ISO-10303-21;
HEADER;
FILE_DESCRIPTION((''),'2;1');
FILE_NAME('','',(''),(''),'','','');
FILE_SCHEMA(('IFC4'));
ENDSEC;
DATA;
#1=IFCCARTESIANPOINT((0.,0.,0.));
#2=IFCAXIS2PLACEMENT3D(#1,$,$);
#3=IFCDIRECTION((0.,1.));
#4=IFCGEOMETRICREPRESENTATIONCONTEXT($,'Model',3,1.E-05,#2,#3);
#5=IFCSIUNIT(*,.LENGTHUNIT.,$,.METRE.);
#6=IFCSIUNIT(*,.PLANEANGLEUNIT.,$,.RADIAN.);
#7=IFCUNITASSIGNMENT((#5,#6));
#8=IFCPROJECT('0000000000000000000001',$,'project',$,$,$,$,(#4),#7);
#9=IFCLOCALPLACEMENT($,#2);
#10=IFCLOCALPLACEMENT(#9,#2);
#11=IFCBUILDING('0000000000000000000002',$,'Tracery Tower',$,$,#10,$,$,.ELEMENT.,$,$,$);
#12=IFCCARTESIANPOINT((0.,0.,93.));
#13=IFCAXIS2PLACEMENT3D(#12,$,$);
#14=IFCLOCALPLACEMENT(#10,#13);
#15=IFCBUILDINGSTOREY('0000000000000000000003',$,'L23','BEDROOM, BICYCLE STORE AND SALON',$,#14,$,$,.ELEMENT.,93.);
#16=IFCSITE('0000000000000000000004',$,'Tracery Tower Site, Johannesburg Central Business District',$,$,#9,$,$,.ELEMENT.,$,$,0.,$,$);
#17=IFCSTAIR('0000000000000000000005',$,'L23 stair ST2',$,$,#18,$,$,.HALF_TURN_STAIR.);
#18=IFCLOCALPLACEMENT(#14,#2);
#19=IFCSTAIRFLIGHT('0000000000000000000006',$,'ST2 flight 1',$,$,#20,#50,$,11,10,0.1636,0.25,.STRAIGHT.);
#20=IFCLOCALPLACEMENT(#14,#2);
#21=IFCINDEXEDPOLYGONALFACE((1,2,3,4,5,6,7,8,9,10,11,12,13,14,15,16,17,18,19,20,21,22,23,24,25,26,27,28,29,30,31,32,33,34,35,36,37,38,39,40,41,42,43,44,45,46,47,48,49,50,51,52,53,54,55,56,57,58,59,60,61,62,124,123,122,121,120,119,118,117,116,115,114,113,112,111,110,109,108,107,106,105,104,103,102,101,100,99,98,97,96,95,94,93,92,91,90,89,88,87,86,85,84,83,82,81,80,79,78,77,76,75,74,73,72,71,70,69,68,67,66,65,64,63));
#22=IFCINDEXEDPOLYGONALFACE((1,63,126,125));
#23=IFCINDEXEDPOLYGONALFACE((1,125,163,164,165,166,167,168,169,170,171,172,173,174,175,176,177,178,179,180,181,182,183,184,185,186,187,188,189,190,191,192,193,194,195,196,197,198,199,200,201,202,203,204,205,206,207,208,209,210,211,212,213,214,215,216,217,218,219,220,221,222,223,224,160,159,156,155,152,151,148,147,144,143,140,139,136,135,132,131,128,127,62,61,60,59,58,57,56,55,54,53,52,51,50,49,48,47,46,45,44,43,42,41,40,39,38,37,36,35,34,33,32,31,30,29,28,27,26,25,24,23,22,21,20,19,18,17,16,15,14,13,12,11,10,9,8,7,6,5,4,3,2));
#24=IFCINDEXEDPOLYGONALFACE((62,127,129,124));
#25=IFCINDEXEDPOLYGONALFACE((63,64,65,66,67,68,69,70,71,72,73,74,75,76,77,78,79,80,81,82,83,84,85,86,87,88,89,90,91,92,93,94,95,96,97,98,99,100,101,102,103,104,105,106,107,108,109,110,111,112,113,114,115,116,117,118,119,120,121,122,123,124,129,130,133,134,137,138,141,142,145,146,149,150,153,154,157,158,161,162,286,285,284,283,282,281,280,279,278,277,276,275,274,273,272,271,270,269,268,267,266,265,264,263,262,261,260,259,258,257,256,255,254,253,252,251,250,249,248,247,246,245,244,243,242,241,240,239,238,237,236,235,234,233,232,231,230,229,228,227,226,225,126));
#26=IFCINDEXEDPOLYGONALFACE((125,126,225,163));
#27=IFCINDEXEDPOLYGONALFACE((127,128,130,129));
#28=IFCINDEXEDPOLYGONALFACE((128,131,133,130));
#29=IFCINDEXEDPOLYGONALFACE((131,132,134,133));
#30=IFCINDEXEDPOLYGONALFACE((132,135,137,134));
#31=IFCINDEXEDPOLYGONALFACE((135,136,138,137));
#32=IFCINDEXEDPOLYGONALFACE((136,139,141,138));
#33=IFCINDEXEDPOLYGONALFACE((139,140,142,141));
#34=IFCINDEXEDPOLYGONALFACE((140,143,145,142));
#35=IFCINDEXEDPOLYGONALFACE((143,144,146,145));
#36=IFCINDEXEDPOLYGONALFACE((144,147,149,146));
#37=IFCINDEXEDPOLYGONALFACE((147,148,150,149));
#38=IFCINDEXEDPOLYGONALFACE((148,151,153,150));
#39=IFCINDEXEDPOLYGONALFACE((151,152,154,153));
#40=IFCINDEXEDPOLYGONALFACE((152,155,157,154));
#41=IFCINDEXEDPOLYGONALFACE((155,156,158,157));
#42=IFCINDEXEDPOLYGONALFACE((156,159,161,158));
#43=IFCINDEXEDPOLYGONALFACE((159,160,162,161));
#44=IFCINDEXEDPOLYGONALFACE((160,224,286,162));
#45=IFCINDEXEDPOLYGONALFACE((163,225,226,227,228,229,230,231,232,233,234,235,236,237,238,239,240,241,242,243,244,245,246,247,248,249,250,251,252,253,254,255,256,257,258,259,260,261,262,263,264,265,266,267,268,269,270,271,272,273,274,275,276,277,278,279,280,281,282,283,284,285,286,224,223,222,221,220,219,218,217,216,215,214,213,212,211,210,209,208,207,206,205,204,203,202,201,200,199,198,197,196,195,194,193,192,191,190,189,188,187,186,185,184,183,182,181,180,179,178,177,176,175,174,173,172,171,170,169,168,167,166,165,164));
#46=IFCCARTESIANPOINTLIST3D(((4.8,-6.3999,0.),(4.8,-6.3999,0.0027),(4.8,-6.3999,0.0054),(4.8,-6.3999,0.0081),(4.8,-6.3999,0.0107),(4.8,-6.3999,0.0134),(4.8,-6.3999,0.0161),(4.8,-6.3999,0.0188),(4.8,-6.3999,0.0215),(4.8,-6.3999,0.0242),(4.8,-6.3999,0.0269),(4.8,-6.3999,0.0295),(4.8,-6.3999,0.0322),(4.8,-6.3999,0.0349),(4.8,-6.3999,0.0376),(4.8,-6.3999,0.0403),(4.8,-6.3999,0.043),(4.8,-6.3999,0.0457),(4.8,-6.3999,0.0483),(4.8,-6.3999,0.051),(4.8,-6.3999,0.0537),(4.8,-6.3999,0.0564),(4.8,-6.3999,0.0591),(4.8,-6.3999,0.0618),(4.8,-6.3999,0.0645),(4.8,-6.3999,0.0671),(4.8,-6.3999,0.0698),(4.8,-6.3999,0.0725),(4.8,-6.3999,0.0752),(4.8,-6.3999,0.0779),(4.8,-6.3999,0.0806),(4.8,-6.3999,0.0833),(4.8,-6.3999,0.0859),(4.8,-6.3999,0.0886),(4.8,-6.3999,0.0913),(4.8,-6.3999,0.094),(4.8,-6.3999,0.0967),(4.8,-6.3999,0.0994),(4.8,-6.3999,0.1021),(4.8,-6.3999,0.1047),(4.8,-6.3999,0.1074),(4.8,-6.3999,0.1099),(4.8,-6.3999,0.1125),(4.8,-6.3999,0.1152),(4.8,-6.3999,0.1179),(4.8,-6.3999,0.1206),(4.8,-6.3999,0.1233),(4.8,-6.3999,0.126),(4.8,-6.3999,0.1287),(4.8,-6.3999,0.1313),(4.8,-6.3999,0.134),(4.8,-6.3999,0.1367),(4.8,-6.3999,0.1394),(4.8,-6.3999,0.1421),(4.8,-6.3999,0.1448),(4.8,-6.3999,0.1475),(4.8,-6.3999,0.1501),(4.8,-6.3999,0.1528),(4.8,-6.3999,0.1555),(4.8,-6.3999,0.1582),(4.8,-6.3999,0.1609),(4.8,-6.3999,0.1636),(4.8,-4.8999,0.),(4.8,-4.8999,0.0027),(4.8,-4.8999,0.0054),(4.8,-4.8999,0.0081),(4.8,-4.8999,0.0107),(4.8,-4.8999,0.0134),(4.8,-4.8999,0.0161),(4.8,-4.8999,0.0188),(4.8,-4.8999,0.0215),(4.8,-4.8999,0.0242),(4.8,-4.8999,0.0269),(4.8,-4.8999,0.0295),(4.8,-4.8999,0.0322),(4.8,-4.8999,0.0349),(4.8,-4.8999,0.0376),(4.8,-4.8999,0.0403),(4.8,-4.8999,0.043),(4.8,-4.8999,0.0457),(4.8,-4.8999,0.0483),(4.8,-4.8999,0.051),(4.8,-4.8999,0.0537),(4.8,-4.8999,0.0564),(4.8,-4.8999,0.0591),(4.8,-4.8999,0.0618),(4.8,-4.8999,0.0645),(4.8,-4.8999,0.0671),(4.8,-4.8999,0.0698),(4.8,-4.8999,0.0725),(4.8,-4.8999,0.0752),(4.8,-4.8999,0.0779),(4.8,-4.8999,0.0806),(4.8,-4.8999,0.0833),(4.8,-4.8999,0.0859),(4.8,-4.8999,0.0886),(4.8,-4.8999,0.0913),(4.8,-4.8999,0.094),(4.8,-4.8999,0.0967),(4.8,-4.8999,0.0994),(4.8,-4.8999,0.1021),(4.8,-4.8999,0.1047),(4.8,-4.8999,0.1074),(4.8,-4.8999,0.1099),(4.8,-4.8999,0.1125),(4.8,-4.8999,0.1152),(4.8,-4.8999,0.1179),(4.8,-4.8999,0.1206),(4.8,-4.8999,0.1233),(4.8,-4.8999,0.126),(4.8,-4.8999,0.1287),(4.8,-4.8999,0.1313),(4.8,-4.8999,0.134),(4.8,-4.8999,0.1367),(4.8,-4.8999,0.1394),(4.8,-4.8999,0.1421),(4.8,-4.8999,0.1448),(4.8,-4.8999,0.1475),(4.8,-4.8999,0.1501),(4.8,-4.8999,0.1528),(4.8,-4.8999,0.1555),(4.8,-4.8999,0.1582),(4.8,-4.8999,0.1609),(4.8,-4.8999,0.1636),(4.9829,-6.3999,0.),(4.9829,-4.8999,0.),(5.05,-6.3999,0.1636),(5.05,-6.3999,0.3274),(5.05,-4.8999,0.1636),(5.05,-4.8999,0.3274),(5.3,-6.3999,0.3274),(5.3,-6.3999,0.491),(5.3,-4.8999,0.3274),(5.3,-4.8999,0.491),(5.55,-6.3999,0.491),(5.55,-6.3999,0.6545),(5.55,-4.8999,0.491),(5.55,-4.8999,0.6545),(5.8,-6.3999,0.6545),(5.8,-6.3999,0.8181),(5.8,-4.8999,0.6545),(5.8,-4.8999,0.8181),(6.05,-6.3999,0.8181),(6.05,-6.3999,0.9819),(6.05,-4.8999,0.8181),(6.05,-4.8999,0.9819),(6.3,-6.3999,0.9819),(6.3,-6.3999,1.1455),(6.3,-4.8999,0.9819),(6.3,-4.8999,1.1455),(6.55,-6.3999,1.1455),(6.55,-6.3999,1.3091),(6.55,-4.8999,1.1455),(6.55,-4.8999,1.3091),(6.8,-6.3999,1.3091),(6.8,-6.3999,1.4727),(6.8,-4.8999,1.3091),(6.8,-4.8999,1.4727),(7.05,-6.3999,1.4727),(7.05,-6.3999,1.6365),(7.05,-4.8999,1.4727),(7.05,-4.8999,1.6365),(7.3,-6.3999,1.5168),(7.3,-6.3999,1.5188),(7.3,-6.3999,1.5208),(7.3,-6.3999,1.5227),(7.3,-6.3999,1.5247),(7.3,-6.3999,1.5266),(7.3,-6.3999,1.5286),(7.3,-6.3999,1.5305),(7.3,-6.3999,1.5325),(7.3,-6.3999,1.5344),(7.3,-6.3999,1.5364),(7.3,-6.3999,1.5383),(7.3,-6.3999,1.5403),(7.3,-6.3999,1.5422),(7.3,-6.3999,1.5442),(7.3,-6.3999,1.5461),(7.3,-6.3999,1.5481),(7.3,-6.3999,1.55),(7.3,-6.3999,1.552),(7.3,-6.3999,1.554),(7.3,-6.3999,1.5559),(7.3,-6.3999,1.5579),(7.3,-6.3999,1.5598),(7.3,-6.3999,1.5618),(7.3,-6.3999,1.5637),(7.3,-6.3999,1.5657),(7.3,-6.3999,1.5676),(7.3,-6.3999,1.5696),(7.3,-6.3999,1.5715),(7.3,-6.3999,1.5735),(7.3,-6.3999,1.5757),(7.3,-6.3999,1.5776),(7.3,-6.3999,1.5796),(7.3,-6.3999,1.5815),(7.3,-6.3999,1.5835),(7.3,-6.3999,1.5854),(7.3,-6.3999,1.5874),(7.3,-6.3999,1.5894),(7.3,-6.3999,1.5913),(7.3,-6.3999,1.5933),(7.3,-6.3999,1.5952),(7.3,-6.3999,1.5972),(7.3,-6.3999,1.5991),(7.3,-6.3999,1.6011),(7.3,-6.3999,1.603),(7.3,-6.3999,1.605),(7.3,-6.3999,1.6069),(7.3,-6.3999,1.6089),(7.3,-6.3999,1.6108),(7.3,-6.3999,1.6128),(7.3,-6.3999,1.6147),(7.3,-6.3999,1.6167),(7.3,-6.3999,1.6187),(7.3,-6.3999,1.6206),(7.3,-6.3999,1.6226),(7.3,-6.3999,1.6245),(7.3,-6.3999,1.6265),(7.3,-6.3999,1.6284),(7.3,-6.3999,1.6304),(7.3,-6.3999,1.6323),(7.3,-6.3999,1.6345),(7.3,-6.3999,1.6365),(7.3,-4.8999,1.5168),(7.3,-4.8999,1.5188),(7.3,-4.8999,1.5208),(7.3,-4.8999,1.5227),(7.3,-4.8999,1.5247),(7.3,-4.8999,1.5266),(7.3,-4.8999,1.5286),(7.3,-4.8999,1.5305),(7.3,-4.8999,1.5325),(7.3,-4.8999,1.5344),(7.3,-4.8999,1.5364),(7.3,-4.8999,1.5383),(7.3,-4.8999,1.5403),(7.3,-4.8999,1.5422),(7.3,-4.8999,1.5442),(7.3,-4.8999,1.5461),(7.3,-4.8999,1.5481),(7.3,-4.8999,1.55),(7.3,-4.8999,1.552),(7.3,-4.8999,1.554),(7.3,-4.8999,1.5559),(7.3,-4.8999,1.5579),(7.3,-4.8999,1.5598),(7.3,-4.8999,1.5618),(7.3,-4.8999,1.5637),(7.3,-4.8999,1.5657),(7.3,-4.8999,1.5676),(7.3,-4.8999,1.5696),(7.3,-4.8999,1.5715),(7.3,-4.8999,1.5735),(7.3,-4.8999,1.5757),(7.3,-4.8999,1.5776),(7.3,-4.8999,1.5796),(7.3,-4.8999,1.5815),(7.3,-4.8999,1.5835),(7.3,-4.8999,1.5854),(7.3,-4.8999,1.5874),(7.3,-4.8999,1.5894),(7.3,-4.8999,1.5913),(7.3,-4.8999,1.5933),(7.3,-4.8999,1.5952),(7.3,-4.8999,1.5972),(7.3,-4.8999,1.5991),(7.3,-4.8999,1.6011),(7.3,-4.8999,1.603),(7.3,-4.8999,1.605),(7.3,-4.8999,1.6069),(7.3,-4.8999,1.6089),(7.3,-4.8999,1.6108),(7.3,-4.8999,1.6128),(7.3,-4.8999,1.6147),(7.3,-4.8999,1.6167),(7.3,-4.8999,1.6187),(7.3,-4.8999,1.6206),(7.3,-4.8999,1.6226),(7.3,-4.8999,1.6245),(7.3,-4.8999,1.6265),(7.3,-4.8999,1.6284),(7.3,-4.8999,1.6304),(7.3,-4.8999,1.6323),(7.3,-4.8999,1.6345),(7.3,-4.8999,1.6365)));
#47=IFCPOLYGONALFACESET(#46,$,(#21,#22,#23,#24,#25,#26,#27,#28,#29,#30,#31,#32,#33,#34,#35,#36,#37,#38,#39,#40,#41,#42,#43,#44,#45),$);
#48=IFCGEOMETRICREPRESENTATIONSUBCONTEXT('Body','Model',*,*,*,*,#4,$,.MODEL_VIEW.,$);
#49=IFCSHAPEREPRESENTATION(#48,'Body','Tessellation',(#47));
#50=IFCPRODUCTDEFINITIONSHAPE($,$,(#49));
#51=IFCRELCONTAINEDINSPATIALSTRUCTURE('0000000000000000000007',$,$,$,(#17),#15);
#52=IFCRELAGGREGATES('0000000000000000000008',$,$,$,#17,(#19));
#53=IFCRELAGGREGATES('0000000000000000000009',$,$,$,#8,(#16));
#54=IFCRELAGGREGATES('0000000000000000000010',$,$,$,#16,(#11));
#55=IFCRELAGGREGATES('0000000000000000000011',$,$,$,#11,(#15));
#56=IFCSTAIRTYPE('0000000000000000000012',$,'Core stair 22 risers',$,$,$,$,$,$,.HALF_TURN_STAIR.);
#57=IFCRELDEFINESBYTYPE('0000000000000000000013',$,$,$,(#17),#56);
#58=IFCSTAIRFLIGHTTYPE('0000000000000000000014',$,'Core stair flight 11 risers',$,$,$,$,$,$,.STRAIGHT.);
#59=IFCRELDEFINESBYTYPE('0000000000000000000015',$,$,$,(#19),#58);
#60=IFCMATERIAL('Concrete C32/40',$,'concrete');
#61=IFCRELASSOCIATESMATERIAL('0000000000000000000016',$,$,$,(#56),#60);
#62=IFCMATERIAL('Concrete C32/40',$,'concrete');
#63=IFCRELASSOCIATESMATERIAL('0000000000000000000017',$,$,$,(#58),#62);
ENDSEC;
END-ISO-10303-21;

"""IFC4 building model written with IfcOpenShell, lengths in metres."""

from ifc_helpers import new_model, si_unit, direction, frame, origin, place, context, subcontext, project, spatial, polyline, outline, extrude, material, type_object, element, aggregate, save


model = new_model("IFC4")

# Units and contexts
model_context = context("Model", 3, precision=1e-05, world=origin(), true_north=direction((0.0, 1.0)))
body_context = subcontext(model_context, "Body", "Model", "MODEL_VIEW")
ifc_project = project(units=[si_unit("LENGTHUNIT", "METRE"), si_unit("PLANEANGLEUNIT", "RADIAN")], contexts=[model_context])

# Site, building, storey
site_placement = place(None, origin())
site = spatial("IfcSite", under=ifc_project, at=site_placement, Name="Tracery Tower Site, Johannesburg Central Business District", CompositionType="ELEMENT", RefElevation=0.0)
building_placement = place(site_placement, origin())
building = spatial("IfcBuilding", under=site, at=building_placement, Name="Tracery Tower", CompositionType="ELEMENT")
storey_placement = place(building_placement, frame((0.0, 0.0, 93.0)))
storey = spatial("IfcBuildingStorey", under=building, at=storey_placement, Name="L23", Description="BEDROOM, BICYCLE STORE AND SALON", CompositionType="ELEMENT", Elevation=93.0)

# Stair, stair flight
ifc_material_1 = material(Name="Concrete C32/40", Category="concrete")
stair_type = type_object("IfcStairType", Name="Core stair 22 risers", PredefinedType="HALF_TURN_STAIR", material=ifc_material_1)
stair_placement = place(storey_placement, origin())
stair = element("IfcStair", 1, at=stair_placement, inside=storey, type_object=stair_type, Name="L23 stair ST2", PredefinedType="HALF_TURN_STAIR")
ifc_material_2 = material(Name="Concrete C32/40", Category="concrete")
stair_flight_type = type_object("IfcStairFlightType", Name="Core stair flight 11 risers", PredefinedType="STRAIGHT", material=ifc_material_2)
stair_flight_1_placement = place(storey_placement, frame((4.8, -5.6499, 0.0), z_axis=(0.0, 0.0, 1.0), x_axis=(1.0, 0.0, 0.0)))
stair_flight_1 = element("IfcStairFlight", 2, at=stair_flight_1_placement, type_object=stair_flight_type, Name="ST2 flight 1", NumberOfRisers=11, NumberOfTreads=10, PredefinedType="STRAIGHT", RiserHeight=0.1636, TreadLength=0.25, context=body_context, shape_type="SweptSolid", body=[
    extrude(outline(polyline([(0.0, 0.0), (0.0, 0.0027), (0.0, 0.0054), (0.0, 0.0081), (0.0, 0.0107), (0.0, 0.0134), (0.0, 0.0161), (0.0, 0.0188), (0.0, 0.0215), (0.0, 0.0242), (0.0, 0.0269), (0.0, 0.0295), (0.0, 0.0322), (0.0, 0.0349), (0.0, 0.0376), (0.0, 0.0403), (0.0, 0.043), (0.0, 0.0457), (0.0, 0.0483), (0.0, 0.051), (0.0, 0.0537), (0.0, 0.0564), (0.0, 0.0591), (0.0, 0.0618), (0.0, 0.0645), (0.0, 0.0671), (0.0, 0.0698), (0.0, 0.0725), (0.0, 0.0752), (0.0, 0.0779), (0.0, 0.0806), (0.0, 0.0833), (0.0, 0.0859), (0.0, 0.0886), (0.0, 0.0913), (0.0, 0.094), (0.0, 0.0967), (0.0, 0.0994), (0.0, 0.1021), (0.0, 0.1047), (0.0, 0.1074), (0.0, 0.1099), (0.0, 0.1125), (0.0, 0.1152), (0.0, 0.1179), (0.0, 0.1206), (0.0, 0.1233), (0.0, 0.126), (0.0, 0.1287), (0.0, 0.1313), (0.0, 0.134), (0.0, 0.1367), (0.0, 0.1394), (0.0, 0.1421), (0.0, 0.1448), (0.0, 0.1475), (0.0, 0.1501), (0.0, 0.1528), (0.0, 0.1555), (0.0, 0.1582), (0.0, 0.1609), (0.0, 0.1636), (0.25, 0.1636), (0.25, 0.3274), (0.5, 0.3274), (0.5, 0.491), (0.75, 0.491), (0.75, 0.6545), (1.0, 0.6545), (1.0, 0.8181), (1.25, 0.8181), (1.25, 0.9819), (1.5, 0.9819), (1.5, 1.1455), (1.75, 1.1455), (1.75, 1.3091), (2.0, 1.3091), (2.0, 1.4727), (2.25, 1.4727), (2.25, 1.6365), (2.5, 1.6365), (2.5, 1.6345), (2.5, 1.6323), (2.5, 1.6304), (2.5, 1.6284), (2.5, 1.6265), (2.5, 1.6245), (2.5, 1.6226), (2.5, 1.6206), (2.5, 1.6187), (2.5, 1.6167), (2.5, 1.6147), (2.5, 1.6128), (2.5, 1.6108), (2.5, 1.6089), (2.5, 1.6069), (2.5, 1.605), (2.5, 1.603), (2.5, 1.6011), (2.5, 1.5991), (2.5, 1.5972), (2.5, 1.5952), (2.5, 1.5933), (2.5, 1.5913), (2.5, 1.5894), (2.5, 1.5874), (2.5, 1.5854), (2.5, 1.5835), (2.5, 1.5815), (2.5, 1.5796), (2.5, 1.5776), (2.5, 1.5757), (2.5, 1.5735), (2.5, 1.5715), (2.5, 1.5696), (2.5, 1.5676), (2.5, 1.5657), (2.5, 1.5637), (2.5, 1.5618), (2.5, 1.5598), (2.5, 1.5579), (2.5, 1.5559), (2.5, 1.554), (2.5, 1.552), (2.5, 1.55), (2.5, 1.5481), (2.5, 1.5461), (2.5, 1.5442), (2.5, 1.5422), (2.5, 1.5403), (2.5, 1.5383), (2.5, 1.5364), (2.5, 1.5344), (2.5, 1.5325), (2.5, 1.5305), (2.5, 1.5286), (2.5, 1.5266), (2.5, 1.5247), (2.5, 1.5227), (2.5, 1.5208), (2.5, 1.5188), (2.5, 1.5168), (0.1829, 0.0), (0.0, 0.0)])), frame((0.0, 0.75, 0.0), z_axis=(0.0, -1.0, 0.0), x_axis=(1.0, 0.0, 0.0)), (0.0, 0.0, 1.0), 1.5),
])
aggregate(stair, [stair_flight_1])

save(model, "model.ifc")
